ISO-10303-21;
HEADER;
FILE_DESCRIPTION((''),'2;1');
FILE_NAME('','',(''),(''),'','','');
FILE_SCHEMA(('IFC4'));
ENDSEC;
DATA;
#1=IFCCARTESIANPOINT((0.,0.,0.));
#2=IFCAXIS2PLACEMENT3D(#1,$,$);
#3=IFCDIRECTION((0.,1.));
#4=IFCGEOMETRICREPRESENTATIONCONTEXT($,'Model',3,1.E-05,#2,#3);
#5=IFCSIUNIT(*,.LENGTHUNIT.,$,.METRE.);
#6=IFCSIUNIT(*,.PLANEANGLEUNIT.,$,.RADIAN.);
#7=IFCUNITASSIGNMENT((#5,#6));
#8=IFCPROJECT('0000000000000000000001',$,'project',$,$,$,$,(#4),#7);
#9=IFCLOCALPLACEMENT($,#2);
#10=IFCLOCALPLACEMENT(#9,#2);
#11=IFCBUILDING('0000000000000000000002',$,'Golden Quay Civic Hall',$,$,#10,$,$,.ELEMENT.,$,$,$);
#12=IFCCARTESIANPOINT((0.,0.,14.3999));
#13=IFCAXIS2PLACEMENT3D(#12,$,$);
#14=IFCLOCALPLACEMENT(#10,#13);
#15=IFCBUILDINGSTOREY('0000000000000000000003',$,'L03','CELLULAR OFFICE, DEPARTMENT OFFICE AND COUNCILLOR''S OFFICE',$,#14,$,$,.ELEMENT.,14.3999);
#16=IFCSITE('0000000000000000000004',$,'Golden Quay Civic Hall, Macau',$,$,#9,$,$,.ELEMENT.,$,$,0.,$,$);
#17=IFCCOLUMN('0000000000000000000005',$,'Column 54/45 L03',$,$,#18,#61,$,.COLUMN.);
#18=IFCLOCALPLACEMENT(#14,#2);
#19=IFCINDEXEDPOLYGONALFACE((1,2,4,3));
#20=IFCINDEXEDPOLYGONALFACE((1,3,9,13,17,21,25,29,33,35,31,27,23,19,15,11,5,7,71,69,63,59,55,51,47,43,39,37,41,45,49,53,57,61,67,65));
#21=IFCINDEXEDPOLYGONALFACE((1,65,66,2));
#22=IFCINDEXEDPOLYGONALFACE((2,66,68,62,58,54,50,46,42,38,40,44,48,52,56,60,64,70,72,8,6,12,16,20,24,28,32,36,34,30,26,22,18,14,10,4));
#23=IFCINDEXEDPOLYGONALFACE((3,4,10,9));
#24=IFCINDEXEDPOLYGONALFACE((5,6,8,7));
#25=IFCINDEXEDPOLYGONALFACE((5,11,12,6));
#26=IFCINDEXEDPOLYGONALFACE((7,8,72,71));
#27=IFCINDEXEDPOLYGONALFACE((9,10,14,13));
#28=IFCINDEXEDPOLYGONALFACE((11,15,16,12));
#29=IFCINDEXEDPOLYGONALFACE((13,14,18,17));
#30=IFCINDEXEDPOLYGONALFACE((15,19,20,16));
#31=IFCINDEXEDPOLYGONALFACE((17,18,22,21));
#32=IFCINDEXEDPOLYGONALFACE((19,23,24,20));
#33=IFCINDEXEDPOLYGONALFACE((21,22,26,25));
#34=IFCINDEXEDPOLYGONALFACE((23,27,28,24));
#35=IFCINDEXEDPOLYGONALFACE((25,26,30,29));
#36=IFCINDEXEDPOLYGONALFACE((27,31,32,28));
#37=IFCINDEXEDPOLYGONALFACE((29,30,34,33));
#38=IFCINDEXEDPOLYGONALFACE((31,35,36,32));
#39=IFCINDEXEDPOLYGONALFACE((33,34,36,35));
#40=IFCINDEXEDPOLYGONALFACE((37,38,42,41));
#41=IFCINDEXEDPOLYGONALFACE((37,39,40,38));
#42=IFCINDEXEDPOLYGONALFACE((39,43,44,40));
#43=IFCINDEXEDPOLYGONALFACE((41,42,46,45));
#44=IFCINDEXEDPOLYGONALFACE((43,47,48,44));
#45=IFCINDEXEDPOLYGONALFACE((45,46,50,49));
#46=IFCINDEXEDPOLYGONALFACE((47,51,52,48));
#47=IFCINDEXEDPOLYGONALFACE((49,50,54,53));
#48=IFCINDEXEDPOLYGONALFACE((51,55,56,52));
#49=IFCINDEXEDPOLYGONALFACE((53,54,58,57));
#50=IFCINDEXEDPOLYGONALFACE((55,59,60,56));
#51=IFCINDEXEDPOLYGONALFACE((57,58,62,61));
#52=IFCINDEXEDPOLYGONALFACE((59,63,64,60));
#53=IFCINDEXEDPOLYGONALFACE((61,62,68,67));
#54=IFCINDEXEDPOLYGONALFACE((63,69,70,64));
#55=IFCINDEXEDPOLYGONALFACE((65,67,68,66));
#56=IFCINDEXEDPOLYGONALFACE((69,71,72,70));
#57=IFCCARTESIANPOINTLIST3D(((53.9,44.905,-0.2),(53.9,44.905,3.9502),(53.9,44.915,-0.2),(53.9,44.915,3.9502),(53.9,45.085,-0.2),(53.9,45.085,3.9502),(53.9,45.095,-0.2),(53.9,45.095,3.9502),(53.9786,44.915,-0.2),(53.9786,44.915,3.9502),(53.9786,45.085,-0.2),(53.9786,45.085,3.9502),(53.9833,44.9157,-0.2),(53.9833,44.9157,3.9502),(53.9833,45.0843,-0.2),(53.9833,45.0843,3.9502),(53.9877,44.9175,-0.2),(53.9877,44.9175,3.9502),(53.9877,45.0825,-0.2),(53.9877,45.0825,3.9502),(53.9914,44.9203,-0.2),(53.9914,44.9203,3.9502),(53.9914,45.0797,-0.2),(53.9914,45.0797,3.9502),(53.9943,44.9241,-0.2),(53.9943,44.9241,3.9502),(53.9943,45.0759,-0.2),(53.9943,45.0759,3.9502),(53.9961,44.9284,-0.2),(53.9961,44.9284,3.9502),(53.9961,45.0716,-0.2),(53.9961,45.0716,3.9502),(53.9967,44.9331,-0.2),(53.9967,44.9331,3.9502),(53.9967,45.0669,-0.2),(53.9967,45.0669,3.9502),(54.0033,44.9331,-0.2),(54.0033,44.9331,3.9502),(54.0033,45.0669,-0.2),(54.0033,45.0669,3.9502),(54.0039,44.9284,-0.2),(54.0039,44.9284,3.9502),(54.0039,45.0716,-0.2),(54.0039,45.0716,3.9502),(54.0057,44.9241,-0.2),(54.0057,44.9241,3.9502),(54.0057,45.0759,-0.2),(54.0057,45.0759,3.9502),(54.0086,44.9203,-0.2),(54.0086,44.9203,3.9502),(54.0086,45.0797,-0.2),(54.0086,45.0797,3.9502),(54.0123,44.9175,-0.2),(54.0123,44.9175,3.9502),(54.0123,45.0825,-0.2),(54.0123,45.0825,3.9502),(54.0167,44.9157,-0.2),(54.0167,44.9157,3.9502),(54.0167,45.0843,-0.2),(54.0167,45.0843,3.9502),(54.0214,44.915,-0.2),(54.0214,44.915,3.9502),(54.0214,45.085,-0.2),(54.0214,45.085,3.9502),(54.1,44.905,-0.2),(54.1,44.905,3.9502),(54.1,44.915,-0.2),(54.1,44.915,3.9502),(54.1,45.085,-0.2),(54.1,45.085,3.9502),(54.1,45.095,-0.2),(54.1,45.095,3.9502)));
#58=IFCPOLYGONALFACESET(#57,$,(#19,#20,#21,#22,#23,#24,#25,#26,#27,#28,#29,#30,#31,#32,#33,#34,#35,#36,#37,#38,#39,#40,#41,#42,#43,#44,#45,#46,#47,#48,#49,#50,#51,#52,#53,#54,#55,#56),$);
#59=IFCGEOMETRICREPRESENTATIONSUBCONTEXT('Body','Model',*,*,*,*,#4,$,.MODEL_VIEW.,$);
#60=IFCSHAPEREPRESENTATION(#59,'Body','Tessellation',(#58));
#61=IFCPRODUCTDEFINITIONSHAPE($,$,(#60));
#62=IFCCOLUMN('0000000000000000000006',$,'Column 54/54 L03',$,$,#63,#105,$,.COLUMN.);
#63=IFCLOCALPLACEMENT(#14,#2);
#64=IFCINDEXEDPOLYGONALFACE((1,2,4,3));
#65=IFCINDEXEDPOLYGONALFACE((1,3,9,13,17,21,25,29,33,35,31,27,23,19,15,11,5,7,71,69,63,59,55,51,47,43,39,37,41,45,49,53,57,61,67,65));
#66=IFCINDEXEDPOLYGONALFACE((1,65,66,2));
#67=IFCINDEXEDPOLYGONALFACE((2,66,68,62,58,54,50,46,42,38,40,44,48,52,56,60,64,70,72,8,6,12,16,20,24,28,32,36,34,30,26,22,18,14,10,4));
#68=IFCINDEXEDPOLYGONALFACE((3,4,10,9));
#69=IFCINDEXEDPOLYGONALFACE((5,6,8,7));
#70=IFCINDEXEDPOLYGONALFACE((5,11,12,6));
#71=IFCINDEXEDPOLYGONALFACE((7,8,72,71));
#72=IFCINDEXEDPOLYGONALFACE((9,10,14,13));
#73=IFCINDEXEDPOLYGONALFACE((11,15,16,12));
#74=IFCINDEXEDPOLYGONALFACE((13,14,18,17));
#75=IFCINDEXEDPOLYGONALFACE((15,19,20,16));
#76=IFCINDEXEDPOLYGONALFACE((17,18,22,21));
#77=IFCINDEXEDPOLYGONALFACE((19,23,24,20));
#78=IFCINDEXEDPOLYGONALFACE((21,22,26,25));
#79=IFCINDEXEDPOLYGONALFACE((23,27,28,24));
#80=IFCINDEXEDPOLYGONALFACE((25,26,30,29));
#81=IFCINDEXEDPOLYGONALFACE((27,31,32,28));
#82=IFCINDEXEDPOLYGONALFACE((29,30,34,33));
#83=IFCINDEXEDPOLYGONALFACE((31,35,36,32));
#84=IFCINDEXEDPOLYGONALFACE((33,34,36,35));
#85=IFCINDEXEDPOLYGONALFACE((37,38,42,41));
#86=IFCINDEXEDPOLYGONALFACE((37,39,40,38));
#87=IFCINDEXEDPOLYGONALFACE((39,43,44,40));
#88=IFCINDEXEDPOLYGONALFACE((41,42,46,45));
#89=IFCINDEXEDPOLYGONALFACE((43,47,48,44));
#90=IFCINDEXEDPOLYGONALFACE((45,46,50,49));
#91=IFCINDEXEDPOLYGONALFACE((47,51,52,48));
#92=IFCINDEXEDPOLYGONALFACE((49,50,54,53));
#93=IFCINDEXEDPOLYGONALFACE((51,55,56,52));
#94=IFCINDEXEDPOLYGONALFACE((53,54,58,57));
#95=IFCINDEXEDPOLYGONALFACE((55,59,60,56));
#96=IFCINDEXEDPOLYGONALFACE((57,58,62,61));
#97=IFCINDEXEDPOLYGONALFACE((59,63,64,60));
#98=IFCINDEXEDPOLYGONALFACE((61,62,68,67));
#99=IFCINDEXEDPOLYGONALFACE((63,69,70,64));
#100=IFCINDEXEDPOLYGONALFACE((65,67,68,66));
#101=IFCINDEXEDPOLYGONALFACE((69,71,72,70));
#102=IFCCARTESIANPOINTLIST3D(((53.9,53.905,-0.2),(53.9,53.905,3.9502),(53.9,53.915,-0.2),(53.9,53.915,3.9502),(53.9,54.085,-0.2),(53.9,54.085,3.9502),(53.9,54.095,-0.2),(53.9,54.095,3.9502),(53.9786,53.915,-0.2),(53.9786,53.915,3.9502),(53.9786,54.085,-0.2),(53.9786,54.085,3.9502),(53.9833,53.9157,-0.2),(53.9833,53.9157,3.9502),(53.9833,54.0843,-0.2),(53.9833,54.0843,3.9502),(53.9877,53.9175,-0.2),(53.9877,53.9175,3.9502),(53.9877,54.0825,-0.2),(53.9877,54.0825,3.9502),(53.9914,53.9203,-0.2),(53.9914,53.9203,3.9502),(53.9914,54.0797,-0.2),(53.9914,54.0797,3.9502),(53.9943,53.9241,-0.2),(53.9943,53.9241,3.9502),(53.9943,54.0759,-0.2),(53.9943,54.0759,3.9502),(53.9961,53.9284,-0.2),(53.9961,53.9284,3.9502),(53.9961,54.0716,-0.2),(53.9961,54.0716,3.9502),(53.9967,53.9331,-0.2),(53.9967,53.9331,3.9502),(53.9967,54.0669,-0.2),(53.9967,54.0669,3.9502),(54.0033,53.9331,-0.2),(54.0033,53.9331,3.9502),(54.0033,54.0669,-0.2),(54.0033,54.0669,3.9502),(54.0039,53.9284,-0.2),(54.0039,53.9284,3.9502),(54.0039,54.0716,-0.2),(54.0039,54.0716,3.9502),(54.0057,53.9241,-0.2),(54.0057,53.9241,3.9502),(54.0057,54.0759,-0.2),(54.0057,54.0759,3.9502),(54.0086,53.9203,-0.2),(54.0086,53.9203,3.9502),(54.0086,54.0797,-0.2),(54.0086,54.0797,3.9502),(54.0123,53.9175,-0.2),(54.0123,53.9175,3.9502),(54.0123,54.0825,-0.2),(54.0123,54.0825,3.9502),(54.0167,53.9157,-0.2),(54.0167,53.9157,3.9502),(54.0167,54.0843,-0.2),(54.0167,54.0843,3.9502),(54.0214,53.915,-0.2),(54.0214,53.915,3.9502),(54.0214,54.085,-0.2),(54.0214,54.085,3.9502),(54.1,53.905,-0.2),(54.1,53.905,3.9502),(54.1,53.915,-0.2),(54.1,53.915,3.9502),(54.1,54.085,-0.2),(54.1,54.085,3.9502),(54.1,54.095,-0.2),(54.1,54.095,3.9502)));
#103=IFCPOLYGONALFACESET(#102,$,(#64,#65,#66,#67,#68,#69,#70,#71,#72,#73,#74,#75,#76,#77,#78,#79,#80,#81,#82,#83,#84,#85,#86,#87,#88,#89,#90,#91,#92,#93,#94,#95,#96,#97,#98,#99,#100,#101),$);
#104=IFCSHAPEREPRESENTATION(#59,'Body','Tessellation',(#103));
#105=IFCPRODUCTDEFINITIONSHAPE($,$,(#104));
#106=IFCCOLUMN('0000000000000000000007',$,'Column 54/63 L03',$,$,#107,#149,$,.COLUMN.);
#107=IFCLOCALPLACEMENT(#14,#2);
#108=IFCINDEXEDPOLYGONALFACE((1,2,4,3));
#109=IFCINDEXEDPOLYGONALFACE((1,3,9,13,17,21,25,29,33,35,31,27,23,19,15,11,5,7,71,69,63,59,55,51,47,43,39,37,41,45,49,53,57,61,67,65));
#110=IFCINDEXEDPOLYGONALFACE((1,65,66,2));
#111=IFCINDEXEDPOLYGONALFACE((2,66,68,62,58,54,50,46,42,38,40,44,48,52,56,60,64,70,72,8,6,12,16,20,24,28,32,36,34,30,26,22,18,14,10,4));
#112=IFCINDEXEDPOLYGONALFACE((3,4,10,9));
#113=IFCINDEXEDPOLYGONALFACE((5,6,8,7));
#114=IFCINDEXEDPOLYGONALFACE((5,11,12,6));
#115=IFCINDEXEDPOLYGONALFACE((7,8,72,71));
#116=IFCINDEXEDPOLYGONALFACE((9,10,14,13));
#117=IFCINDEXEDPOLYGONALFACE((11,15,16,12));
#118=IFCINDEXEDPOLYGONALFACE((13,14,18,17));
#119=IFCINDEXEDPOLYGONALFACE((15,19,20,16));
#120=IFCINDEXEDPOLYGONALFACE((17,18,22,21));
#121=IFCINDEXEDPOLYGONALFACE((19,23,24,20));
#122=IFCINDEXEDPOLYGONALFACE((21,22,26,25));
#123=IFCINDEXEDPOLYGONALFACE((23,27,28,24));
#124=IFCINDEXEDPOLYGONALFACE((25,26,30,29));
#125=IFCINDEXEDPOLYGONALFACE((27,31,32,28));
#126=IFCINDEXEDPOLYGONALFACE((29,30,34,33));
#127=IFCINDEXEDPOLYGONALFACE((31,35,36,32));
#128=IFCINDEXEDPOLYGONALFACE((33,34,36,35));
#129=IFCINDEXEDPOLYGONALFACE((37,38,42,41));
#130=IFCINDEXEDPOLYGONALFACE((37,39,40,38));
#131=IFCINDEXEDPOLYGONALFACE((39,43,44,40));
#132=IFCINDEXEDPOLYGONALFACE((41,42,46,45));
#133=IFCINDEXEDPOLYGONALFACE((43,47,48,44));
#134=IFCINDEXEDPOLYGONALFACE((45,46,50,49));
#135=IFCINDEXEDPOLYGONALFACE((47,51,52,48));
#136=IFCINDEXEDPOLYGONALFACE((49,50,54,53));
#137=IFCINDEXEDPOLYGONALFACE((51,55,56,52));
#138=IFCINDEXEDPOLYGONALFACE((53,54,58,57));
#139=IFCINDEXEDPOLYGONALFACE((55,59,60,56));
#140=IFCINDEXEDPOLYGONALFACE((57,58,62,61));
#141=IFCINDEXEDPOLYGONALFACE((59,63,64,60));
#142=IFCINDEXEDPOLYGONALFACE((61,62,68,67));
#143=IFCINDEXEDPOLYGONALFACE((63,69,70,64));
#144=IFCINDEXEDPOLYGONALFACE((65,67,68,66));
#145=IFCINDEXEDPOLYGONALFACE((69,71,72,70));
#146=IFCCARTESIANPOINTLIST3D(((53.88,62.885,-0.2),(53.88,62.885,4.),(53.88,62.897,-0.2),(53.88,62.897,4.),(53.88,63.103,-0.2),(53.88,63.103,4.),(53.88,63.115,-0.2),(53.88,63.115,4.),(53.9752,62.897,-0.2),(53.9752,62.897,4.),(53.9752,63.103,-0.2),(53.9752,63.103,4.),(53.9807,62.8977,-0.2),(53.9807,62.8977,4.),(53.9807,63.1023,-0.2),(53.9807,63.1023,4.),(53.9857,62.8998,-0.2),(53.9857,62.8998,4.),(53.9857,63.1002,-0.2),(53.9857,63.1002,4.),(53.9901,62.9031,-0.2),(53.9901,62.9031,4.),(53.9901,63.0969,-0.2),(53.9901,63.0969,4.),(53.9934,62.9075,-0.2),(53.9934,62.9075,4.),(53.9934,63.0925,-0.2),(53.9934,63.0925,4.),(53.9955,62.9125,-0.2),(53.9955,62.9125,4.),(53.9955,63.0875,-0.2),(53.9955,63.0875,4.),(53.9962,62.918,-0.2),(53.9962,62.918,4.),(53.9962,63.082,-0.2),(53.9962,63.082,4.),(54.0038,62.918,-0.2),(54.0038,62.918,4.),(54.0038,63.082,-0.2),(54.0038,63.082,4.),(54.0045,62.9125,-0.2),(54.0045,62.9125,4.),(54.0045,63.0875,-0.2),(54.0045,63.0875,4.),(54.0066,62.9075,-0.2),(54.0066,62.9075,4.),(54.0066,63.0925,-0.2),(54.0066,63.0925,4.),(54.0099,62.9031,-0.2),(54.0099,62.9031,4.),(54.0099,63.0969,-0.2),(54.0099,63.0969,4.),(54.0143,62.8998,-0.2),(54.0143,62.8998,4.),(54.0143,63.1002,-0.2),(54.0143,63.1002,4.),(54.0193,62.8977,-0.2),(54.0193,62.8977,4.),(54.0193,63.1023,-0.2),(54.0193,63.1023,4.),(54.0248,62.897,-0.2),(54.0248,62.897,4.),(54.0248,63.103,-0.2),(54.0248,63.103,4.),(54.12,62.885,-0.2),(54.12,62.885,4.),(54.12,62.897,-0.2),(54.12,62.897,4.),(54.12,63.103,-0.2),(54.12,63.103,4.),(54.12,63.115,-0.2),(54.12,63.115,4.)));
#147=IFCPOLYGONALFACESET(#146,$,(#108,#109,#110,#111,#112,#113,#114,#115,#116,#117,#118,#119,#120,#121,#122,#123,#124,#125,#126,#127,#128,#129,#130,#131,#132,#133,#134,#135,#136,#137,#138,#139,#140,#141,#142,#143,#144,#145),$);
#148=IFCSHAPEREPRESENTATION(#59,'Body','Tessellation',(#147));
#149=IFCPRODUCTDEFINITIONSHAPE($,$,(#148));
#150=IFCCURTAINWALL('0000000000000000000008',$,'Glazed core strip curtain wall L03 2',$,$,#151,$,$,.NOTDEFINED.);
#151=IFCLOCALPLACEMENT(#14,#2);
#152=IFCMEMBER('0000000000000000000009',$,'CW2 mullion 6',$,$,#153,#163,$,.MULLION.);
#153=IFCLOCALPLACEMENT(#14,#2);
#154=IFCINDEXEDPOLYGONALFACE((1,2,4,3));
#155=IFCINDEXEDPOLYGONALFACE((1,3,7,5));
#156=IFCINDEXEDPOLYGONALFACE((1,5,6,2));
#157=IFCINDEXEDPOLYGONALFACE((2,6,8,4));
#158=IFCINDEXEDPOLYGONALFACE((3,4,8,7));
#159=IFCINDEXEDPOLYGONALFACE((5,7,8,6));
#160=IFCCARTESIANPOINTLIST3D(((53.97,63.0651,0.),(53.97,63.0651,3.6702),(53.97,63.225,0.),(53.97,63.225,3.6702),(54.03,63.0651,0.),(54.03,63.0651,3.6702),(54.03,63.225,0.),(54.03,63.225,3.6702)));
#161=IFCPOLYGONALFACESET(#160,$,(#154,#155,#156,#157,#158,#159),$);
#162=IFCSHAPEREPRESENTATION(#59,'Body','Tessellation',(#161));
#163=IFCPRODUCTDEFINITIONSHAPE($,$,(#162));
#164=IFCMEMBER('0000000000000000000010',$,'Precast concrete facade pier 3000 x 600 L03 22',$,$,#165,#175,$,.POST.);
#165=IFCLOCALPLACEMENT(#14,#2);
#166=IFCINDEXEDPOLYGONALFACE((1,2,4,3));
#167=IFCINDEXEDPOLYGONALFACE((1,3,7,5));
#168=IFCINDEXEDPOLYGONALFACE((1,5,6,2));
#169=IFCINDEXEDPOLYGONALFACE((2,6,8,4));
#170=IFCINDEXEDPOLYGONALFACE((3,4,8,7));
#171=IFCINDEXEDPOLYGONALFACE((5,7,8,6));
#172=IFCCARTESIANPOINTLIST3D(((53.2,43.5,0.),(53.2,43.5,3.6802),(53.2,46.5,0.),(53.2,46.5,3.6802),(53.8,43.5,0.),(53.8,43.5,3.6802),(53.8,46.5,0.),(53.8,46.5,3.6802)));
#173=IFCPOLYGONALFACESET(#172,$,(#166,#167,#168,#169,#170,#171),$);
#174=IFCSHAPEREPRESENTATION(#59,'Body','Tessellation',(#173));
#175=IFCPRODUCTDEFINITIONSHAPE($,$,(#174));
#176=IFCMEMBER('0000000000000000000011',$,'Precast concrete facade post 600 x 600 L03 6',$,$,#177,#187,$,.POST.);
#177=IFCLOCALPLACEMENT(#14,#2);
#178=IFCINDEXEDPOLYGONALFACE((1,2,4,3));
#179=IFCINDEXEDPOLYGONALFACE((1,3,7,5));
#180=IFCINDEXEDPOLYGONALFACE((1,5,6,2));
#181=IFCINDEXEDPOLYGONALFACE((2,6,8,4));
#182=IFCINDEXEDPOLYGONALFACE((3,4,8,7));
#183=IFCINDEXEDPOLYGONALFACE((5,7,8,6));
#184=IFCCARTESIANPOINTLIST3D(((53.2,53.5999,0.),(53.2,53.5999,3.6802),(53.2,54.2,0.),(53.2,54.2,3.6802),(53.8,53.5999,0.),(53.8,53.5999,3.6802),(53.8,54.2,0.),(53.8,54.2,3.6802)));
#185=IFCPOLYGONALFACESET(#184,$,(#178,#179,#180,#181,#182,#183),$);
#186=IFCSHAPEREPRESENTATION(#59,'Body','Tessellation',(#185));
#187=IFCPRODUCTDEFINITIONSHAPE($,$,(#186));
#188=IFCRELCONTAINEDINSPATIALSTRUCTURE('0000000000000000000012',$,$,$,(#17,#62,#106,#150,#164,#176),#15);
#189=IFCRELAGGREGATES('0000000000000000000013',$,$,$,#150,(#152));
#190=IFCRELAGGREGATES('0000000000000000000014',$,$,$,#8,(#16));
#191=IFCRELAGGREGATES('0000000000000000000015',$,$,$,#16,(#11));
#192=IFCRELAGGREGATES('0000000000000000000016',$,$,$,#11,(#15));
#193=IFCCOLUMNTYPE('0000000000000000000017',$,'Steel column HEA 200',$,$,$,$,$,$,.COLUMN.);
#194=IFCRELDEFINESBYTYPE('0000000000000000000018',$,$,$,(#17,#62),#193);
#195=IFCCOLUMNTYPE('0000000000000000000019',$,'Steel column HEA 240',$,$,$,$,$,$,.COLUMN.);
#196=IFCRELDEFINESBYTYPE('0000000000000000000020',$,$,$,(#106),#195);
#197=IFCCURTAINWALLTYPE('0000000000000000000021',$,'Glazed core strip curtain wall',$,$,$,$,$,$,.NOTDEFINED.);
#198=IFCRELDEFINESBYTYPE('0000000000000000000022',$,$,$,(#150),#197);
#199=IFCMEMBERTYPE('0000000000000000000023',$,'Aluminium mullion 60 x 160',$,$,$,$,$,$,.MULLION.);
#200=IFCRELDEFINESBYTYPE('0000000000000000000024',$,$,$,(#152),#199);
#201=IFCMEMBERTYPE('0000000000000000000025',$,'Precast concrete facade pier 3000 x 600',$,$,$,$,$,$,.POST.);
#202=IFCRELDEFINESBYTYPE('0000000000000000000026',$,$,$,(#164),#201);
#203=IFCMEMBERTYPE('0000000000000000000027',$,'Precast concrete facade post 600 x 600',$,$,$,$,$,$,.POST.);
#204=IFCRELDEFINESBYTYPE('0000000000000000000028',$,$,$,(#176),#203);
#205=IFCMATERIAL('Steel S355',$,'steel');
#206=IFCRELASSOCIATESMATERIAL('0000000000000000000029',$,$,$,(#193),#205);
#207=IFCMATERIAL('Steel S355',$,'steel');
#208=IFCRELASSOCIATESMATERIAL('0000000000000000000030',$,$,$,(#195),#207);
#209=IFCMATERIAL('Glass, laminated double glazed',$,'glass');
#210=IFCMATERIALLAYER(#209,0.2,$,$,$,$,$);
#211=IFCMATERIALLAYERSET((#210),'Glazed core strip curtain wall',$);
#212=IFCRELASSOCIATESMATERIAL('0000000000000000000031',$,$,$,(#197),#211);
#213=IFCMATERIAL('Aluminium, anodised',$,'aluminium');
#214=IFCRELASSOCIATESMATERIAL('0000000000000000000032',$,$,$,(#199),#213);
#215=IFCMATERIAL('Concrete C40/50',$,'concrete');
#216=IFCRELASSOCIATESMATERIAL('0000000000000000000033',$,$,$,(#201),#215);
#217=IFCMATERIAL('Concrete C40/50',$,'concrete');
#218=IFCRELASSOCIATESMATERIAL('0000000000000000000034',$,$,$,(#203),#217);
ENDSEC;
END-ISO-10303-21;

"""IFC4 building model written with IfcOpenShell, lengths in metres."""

from ifc_helpers import new_model, si_unit, direction, frame, origin, origin_2d, place, context, subcontext, project, spatial, rectangle, i_section, extrude, material, layer, layer_set, material_profile, profile_set, type_object, element, aggregate, save


model = new_model("IFC4")

# Units and contexts
model_context = context("Model", 3, precision=1e-05, world=origin(), true_north=direction((0.0, 1.0)))
body_context = subcontext(model_context, "Body", "Model", "MODEL_VIEW")
ifc_project = project(units=[si_unit("LENGTHUNIT", "METRE"), si_unit("PLANEANGLEUNIT", "RADIAN")], contexts=[model_context])

# Site, building, storey
site_placement = place(None, origin())
site = spatial("IfcSite", under=ifc_project, at=site_placement, Name="Golden Quay Civic Hall, Macau", CompositionType="ELEMENT", RefElevation=0.0)
building_placement = place(site_placement, origin())
building = spatial("IfcBuilding", under=site, at=building_placement, Name="Golden Quay Civic Hall", CompositionType="ELEMENT")
storey_placement = place(building_placement, frame((0.0, 0.0, 14.3999)))
storey = spatial("IfcBuildingStorey", under=building, at=storey_placement, Name="L03", Description="CELLULAR OFFICE, DEPARTMENT OFFICE AND COUNCILLOR'S OFFICE", CompositionType="ELEMENT", Elevation=14.3999)

# Columns
ifc_material_1 = material(Name="Steel S355", Category="steel")
ifc_material_profile_1 = material_profile(ifc_material_1, i_section(OverallWidth=0.2, OverallDepth=0.1899, WebThickness=0.0066, FlangeThickness=0.01, FilletRadius=0.0181, at=origin_2d()), Name="HEA 200")
ifc_profile_set_1 = profile_set([ifc_material_profile_1], Name="Steel S355")
column_type_1 = type_object("IfcColumnType", Name="Steel column HEA 200", PredefinedType="COLUMN", material=ifc_profile_set_1)
for number, where, z_axis, x_axis, name in (
    (1, (54.0, 45.0, -0.2), (0.0, 0.0, 1.0), (1.0, 0.0, 0.0), "Column 54/45 L03"),
    (2, (54.0, 54.0, -0.2), (0.0, 0.0, 1.0), (1.0, 0.0, 0.0), "Column 54/54 L03"),
):
    element("IfcColumn", number, at=place(storey_placement, frame(where, z_axis=z_axis, x_axis=x_axis)), inside=storey, type_object=column_type_1, Name=name, PredefinedType="COLUMN", context=body_context, shape_type="SweptSolid", body=[
        extrude(i_section(OverallWidth=0.2, OverallDepth=0.1899, WebThickness=0.0066, FlangeThickness=0.01, FilletRadius=0.0181, at=origin_2d()), origin(), (0.0, 0.0, 1.0), 4.1501),
    ])
ifc_material_2 = material(Name="Steel S355", Category="steel")
ifc_material_profile_2 = material_profile(ifc_material_2, i_section(OverallWidth=0.24, OverallDepth=0.23, WebThickness=0.0076, FlangeThickness=0.012, FilletRadius=0.021, at=origin_2d()), Name="HEA 240")
ifc_profile_set_2 = profile_set([ifc_material_profile_2], Name="Steel S355")
column_type_2 = type_object("IfcColumnType", Name="Steel column HEA 240", PredefinedType="COLUMN", material=ifc_profile_set_2)
column_placement = place(storey_placement, frame((54.0, 63.0, -0.2), z_axis=(0.0, 0.0, 1.0), x_axis=(1.0, 0.0, 0.0)))
element("IfcColumn", 3, at=column_placement, inside=storey, type_object=column_type_2, Name="Column 54/63 L03", PredefinedType="COLUMN", context=body_context, shape_type="SweptSolid", body=[
    extrude(i_section(OverallWidth=0.24, OverallDepth=0.23, WebThickness=0.0076, FlangeThickness=0.012, FilletRadius=0.021, at=origin_2d()), origin(), (0.0, 0.0, 1.0), 4.2),
])

# Curtain wall, member
ifc_material_3 = material(Name="Glass, laminated double glazed", Category="glass")
ifc_layer_1 = layer(ifc_material_3, 0.2)
ifc_layer_set_1 = layer_set([ifc_layer_1], Name="Glazed core strip curtain wall")
curtain_wall_type = type_object("IfcCurtainWallType", Name="Glazed core strip curtain wall", PredefinedType="NOTDEFINED", material=ifc_layer_set_1)
curtain_wall_placement = place(storey_placement, origin())
curtain_wall = element("IfcCurtainWall", 4, at=curtain_wall_placement, inside=storey, type_object=curtain_wall_type, Name="Glazed core strip curtain wall L03 2", PredefinedType="NOTDEFINED")
ifc_material_4 = material(Name="Aluminium, anodised", Category="aluminium")
ifc_material_profile_3 = material_profile(ifc_material_4, rectangle(XDim=0.0601, YDim=0.1599, at=origin_2d()), Name="Aluminium 60 x 160")
ifc_profile_set_3 = profile_set([ifc_material_profile_3], Name="Aluminium, anodised")
member_type_1 = type_object("IfcMemberType", Name="Aluminium mullion 60 x 160", PredefinedType="MULLION", material=ifc_profile_set_3)
member_1_placement = place(storey_placement, frame((54.0, 63.145, 0.0), z_axis=(0.0, 0.0, 1.0), x_axis=(1.0, 0.0, 0.0)))
member_1 = element("IfcMember", 5, at=member_1_placement, type_object=member_type_1, Name="CW2 mullion 6", PredefinedType="MULLION", context=body_context, shape_type="SweptSolid", body=[
    extrude(rectangle(XDim=0.0601, YDim=0.1599, at=origin_2d()), origin(), (0.0, 0.0, 1.0), 3.6702),
])
aggregate(curtain_wall, [member_1])

# Members
ifc_material_5 = material(Name="Concrete C40/50", Category="concrete")
ifc_material_profile_4 = material_profile(ifc_material_5, rectangle(XDim=3.0, YDim=0.6001, at=origin_2d()), Name="RC 3000x600")
ifc_profile_set_4 = profile_set([ifc_material_profile_4], Name="Concrete C40/50")
member_type_2 = type_object("IfcMemberType", Name="Precast concrete facade pier 3000 x 600", PredefinedType="POST", material=ifc_profile_set_4)
member_2_placement = place(storey_placement, frame((53.5, 45.0, 0.0), z_axis=(0.0, 0.0, 1.0), x_axis=(0.0, 1.0, 0.0)))
element("IfcMember", 6, at=member_2_placement, inside=storey, type_object=member_type_2, Name="Precast concrete facade pier 3000 x 600 L03 22", PredefinedType="POST", context=body_context, shape_type="SweptSolid", body=[
    extrude(rectangle(XDim=3.0, YDim=0.6001, at=origin_2d()), origin(), (0.0, 0.0, 1.0), 3.6802),
])
ifc_material_6 = material(Name="Concrete C40/50", Category="concrete")
ifc_material_profile_5 = material_profile(ifc_material_6, rectangle(XDim=0.6001, YDim=0.6001, at=origin_2d()), Name="RC 600x600")
ifc_profile_set_5 = profile_set([ifc_material_profile_5], Name="Concrete C40/50")
member_type_3 = type_object("IfcMemberType", Name="Precast concrete facade post 600 x 600", PredefinedType="POST", material=ifc_profile_set_5)
for number, where, z_axis, x_axis, name in (
    (7, (53.5, 53.8999, 0.0), (0.0, 0.0, 1.0), (1.0, 0.0, 0.0), "Precast concrete facade post 600 x 600 L03 6"),
):
    element("IfcMember", number, at=place(storey_placement, frame(where, z_axis=z_axis, x_axis=x_axis)), inside=storey, type_object=member_type_3, Name=name, PredefinedType="POST", context=body_context, shape_type="SweptSolid", body=[
        extrude(rectangle(XDim=0.6001, YDim=0.6001, at=origin_2d()), origin(), (0.0, 0.0, 1.0), 3.6802),
    ])

save(model, "model.ifc")
